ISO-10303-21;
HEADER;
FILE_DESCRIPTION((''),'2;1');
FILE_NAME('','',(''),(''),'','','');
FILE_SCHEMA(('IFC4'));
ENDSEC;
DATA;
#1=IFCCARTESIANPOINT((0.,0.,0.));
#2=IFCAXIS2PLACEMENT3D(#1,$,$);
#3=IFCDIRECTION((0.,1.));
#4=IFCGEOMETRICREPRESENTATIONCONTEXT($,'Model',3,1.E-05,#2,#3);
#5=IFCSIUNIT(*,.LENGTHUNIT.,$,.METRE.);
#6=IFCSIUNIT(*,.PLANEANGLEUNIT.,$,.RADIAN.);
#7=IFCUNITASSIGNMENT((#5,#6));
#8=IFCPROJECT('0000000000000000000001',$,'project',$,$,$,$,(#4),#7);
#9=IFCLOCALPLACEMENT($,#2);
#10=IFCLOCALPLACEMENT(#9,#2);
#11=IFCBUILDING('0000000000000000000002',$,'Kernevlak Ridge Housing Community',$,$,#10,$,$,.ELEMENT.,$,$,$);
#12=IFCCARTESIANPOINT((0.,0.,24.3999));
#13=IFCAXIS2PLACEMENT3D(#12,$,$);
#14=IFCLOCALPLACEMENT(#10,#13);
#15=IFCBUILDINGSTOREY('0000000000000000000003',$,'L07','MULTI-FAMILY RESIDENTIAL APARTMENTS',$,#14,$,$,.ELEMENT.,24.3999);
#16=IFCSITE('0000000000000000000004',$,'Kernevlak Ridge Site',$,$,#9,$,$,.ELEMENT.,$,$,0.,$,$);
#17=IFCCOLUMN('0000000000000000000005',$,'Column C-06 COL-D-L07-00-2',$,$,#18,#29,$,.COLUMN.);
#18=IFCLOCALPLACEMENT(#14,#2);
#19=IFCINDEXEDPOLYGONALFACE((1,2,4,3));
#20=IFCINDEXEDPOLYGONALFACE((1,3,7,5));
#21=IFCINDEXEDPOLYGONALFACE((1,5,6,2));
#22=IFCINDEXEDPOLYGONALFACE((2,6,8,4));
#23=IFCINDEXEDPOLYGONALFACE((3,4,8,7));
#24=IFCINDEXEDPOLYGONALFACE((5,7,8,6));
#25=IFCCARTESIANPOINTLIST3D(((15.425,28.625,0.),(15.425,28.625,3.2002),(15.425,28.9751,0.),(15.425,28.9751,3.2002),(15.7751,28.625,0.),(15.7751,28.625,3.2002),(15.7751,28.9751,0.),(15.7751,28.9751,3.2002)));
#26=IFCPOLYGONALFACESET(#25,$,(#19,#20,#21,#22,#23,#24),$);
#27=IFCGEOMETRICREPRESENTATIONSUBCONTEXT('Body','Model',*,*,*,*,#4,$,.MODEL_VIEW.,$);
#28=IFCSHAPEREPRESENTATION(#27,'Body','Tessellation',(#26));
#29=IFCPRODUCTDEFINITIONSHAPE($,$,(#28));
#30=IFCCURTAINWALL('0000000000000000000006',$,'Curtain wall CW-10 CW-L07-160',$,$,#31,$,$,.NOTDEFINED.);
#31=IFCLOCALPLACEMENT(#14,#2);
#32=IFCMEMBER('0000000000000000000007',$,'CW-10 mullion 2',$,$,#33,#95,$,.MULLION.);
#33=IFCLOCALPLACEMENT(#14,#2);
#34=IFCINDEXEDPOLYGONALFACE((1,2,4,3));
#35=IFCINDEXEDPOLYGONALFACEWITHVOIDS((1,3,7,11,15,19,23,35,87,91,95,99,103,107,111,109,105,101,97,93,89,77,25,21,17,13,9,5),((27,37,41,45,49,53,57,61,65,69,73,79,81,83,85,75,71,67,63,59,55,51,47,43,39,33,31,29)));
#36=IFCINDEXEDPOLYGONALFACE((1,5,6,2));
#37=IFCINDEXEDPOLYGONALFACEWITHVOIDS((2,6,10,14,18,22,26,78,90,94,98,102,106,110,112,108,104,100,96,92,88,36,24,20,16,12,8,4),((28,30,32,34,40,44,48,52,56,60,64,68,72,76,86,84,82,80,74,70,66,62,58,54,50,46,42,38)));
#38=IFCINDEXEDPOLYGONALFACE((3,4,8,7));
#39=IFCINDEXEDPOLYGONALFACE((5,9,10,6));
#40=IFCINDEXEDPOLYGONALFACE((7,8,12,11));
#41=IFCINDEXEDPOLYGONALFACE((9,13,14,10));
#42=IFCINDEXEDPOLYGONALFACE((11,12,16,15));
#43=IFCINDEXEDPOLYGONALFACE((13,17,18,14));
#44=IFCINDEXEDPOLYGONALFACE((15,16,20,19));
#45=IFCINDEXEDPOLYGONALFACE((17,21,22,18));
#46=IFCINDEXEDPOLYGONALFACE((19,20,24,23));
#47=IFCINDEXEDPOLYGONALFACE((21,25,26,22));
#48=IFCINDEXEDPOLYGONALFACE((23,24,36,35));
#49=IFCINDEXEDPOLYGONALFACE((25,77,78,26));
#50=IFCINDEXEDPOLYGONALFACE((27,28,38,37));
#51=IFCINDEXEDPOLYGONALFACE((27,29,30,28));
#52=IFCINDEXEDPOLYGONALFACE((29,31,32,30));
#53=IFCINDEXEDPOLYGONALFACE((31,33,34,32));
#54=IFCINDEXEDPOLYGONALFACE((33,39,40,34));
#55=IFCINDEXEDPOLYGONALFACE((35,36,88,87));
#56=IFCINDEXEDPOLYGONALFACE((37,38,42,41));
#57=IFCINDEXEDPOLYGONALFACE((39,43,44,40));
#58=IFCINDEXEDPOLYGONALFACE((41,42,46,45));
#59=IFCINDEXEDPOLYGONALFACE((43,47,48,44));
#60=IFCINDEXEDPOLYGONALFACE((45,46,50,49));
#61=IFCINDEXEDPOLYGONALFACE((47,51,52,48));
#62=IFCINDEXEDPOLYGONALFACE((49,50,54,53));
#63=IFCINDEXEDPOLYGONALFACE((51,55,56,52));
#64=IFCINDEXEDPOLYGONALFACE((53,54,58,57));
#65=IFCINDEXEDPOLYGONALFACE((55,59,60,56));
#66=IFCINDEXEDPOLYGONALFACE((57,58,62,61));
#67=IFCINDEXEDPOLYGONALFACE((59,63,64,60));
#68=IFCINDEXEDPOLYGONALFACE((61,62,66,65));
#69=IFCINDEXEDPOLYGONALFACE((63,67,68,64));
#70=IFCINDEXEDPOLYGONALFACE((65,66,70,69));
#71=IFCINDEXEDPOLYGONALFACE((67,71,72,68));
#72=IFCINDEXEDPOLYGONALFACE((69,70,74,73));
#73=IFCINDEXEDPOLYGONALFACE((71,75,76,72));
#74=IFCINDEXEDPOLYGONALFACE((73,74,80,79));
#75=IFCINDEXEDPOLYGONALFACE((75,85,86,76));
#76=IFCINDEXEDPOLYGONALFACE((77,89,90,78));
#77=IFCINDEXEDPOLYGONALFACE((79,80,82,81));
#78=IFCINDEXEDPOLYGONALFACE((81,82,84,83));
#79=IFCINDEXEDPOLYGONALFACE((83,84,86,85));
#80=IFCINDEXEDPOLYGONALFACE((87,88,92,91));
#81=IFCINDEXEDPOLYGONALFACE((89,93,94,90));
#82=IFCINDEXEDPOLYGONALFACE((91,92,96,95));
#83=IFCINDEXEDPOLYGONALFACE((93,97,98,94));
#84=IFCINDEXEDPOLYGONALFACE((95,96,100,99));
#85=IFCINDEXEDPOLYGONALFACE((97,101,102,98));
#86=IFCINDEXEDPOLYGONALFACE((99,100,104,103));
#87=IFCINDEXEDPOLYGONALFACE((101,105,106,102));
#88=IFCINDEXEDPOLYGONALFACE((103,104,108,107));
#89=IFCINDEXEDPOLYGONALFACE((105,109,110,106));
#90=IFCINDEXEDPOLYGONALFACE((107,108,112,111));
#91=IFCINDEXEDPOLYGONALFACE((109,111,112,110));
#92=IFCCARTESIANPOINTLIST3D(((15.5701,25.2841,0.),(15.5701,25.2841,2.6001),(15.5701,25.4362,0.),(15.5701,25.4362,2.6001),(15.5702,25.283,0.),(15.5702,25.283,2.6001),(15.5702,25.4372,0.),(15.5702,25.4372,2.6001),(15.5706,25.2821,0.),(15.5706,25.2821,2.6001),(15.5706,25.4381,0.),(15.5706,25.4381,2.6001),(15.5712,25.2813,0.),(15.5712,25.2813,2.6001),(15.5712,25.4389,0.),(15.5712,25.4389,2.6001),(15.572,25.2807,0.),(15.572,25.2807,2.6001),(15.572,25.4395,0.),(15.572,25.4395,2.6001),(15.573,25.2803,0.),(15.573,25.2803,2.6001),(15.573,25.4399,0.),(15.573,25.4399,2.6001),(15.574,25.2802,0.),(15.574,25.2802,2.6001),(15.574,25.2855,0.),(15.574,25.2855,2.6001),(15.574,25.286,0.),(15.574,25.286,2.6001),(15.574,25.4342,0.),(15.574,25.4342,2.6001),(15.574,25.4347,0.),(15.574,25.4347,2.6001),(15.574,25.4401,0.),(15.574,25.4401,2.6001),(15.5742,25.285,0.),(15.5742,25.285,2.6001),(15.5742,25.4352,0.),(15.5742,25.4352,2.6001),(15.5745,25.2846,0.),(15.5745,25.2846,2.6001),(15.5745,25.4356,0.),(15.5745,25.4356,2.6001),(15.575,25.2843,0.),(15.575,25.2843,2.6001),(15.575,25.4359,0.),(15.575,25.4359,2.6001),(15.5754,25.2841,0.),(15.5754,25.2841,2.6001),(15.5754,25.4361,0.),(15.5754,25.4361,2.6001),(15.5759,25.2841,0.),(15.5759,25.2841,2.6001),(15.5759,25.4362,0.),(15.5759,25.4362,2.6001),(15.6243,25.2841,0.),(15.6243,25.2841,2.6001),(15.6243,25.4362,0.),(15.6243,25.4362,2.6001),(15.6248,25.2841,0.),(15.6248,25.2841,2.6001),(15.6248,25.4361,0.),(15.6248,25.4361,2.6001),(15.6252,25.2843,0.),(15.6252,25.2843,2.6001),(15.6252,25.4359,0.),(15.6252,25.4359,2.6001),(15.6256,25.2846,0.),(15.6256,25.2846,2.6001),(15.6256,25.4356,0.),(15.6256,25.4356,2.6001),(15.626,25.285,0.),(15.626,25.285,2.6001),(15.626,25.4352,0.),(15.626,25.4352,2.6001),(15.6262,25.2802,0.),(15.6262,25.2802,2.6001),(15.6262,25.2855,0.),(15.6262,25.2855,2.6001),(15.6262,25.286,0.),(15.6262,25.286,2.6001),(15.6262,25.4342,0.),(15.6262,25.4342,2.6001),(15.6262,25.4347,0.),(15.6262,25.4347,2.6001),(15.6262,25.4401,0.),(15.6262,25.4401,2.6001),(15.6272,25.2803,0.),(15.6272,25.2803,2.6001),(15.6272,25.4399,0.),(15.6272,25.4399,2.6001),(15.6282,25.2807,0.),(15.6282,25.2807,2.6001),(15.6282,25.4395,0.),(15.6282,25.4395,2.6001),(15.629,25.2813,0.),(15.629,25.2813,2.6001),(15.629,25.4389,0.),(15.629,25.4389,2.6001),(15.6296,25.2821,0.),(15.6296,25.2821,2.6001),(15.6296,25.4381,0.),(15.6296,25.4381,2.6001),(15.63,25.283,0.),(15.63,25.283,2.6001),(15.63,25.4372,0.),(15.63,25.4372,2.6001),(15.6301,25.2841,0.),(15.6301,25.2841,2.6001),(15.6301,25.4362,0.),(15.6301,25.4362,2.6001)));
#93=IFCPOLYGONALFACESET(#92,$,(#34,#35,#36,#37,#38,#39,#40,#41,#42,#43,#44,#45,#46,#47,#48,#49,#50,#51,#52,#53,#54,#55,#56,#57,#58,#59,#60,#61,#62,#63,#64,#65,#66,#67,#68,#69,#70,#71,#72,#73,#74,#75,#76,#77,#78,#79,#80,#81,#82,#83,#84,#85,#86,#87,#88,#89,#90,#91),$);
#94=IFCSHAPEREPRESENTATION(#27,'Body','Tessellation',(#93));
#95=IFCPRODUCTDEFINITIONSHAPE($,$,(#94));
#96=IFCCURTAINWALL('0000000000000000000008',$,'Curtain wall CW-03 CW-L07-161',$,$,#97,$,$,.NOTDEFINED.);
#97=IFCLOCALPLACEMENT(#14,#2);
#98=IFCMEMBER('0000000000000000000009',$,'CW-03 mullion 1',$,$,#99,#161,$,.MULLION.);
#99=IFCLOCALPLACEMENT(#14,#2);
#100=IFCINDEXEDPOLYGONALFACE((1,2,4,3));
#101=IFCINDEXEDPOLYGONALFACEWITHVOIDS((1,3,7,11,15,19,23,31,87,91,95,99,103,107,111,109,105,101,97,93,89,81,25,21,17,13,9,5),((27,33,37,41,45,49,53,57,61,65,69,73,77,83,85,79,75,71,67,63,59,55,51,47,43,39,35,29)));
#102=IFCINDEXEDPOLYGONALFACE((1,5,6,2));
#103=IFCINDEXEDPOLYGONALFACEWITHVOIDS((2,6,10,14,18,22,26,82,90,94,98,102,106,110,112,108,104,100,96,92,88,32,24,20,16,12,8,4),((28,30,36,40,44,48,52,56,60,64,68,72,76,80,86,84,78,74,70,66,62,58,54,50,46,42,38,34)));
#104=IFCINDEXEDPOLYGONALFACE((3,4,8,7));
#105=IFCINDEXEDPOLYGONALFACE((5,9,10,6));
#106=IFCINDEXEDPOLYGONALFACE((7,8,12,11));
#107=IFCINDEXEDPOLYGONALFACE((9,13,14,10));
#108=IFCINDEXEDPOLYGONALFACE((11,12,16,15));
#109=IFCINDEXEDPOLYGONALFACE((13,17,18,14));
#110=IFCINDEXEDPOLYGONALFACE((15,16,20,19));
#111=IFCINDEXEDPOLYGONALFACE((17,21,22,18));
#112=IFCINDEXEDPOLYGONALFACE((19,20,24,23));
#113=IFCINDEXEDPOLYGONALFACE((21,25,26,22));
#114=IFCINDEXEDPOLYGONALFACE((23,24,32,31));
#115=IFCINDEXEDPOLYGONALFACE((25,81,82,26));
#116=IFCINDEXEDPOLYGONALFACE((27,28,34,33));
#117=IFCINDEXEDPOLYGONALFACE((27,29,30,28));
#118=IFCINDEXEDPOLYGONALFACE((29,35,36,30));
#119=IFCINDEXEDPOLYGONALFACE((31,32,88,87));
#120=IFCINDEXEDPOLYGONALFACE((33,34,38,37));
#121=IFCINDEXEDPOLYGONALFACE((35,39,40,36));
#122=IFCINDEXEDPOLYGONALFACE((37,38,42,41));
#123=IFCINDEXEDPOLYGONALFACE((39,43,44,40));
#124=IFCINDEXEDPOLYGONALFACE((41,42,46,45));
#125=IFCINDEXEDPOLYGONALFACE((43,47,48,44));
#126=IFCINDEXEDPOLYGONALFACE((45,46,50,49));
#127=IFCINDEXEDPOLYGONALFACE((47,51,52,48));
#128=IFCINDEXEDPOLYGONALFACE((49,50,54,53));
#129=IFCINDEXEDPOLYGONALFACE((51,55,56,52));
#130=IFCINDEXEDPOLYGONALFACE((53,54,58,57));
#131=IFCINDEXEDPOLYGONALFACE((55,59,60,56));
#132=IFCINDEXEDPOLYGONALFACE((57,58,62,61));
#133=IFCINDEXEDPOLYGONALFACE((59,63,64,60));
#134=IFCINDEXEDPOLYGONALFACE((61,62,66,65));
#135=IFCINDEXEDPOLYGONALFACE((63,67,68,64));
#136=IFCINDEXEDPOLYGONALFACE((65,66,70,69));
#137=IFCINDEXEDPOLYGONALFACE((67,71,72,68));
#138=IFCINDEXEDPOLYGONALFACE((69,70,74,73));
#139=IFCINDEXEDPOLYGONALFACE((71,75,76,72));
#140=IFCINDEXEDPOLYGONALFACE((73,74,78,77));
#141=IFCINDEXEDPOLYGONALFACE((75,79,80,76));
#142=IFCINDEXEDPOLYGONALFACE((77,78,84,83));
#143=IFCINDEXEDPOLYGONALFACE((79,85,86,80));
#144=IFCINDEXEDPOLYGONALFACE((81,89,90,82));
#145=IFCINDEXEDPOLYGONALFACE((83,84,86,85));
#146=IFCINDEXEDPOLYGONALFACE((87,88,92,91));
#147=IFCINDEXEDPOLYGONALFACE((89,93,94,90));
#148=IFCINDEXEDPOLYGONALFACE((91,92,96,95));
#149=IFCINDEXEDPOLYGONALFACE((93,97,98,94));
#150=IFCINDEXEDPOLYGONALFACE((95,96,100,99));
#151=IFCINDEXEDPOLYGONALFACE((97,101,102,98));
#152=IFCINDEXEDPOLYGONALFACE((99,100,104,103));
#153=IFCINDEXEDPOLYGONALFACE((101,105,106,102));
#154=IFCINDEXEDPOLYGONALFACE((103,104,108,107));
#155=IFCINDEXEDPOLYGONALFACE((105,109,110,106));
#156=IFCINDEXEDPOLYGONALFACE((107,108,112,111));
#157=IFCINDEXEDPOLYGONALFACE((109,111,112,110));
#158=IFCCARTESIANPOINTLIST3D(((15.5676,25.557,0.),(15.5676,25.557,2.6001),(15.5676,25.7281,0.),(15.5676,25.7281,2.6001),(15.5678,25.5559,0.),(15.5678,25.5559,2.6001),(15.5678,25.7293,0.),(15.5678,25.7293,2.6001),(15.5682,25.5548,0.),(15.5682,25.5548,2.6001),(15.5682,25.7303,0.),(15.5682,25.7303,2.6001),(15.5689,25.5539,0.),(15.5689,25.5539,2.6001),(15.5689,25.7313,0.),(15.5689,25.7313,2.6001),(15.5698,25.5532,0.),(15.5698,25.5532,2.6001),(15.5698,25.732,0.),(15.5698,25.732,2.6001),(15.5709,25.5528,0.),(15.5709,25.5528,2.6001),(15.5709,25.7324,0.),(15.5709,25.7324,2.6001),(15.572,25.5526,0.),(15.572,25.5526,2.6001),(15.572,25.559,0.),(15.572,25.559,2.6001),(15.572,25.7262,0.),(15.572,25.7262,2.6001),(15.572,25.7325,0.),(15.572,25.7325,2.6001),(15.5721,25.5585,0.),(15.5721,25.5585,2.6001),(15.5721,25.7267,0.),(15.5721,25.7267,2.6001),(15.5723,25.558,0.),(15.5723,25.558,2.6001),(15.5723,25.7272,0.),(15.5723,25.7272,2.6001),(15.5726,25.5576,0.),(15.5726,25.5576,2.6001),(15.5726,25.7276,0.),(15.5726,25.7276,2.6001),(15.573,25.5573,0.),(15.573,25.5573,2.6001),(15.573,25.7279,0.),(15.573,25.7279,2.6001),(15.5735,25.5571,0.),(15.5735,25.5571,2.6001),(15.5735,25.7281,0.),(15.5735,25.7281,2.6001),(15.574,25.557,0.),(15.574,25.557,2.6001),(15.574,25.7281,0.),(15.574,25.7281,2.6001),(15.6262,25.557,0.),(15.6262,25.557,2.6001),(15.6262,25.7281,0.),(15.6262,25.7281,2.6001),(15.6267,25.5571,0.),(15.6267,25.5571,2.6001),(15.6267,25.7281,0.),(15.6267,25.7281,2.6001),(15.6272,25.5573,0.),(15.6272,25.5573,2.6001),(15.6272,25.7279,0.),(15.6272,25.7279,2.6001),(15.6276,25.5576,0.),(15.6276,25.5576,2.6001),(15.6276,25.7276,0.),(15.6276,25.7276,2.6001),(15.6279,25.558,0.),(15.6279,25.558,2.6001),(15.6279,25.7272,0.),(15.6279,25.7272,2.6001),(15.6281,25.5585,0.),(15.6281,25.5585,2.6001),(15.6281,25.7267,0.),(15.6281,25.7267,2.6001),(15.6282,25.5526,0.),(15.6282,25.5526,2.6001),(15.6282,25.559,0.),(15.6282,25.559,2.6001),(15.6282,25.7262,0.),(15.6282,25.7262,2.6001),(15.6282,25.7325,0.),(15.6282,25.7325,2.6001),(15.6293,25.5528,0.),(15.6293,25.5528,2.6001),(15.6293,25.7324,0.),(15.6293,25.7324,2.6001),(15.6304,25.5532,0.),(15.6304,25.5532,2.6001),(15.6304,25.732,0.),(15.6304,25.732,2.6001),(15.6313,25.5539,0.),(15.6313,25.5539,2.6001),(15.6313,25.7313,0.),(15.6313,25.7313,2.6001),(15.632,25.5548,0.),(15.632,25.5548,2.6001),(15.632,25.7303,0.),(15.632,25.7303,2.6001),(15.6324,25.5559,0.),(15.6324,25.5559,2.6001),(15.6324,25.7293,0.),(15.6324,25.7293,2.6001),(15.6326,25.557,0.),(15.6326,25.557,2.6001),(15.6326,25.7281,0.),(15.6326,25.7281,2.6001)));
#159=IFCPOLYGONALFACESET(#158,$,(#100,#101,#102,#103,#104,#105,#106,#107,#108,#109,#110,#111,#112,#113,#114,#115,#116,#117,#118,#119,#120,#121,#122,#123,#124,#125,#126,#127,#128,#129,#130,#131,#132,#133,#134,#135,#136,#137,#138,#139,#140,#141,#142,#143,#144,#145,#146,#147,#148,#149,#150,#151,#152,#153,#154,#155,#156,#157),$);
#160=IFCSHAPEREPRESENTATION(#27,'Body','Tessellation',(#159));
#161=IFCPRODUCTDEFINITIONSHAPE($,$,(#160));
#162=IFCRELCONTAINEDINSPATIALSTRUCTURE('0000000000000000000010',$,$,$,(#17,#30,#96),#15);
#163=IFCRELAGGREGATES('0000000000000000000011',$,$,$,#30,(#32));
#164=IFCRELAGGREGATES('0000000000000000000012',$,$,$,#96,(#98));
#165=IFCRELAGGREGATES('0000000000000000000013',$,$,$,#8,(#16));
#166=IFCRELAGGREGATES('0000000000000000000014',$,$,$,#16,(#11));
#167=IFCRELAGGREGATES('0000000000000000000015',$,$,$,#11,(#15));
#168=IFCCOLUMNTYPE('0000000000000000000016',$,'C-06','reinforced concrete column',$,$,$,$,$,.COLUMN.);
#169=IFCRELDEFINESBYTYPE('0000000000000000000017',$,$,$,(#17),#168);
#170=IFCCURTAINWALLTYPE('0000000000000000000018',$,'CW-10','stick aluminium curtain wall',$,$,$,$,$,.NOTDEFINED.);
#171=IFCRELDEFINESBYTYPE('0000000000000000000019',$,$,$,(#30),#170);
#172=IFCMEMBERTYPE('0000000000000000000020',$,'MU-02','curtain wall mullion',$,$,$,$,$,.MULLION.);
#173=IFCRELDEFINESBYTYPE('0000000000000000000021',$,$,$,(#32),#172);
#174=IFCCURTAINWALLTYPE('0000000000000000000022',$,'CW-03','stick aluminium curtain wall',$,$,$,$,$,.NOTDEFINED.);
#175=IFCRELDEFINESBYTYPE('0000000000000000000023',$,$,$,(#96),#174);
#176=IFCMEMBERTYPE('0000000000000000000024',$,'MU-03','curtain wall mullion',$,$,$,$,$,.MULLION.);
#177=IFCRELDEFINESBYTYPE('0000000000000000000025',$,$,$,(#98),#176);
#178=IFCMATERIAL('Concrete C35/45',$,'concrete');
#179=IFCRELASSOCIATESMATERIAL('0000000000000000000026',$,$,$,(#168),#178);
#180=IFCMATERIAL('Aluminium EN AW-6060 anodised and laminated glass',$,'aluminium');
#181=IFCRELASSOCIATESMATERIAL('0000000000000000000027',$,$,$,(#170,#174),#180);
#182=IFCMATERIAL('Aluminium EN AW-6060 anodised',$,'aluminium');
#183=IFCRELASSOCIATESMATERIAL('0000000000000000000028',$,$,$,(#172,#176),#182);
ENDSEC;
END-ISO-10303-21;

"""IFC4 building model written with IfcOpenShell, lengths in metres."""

from ifc_helpers import new_model, si_unit, direction, frame, origin, origin_2d, place, context, subcontext, project, spatial, rectangle, hollow_rectangle, extrude, material, material_profile, profile_set, type_object, element, aggregate, save


model = new_model("IFC4")

# Units and contexts
model_context = context("Model", 3, precision=1e-05, world=origin(), true_north=direction((0.0, 1.0)))
body_context = subcontext(model_context, "Body", "Model", "MODEL_VIEW")
ifc_project = project(units=[si_unit("LENGTHUNIT", "METRE"), si_unit("PLANEANGLEUNIT", "RADIAN")], contexts=[model_context])

# Site, building, storey
site_placement = place(None, origin())
site = spatial("IfcSite", under=ifc_project, at=site_placement, Name="Kernevlak Ridge Site", CompositionType="ELEMENT", RefElevation=0.0)
building_placement = place(site_placement, origin())
building = spatial("IfcBuilding", under=site, at=building_placement, Name="Kernevlak Ridge Housing Community", CompositionType="ELEMENT")
storey_placement = place(building_placement, frame((0.0, 0.0, 24.3999)))
storey = spatial("IfcBuildingStorey", under=building, at=storey_placement, Name="L07", Description="MULTI-FAMILY RESIDENTIAL APARTMENTS", CompositionType="ELEMENT", Elevation=24.3999)

# Column
ifc_material_1 = material(Name="Concrete C35/45", Category="concrete")
ifc_material_profile_1 = material_profile(ifc_material_1, rectangle(XDim=0.3501, YDim=0.3501, at=origin_2d()), Name="RC 350x350")
ifc_profile_set_1 = profile_set([ifc_material_profile_1], Name="Concrete C35/45")
column_type = type_object("IfcColumnType", Name="C-06", Description="reinforced concrete column", PredefinedType="COLUMN", material=ifc_profile_set_1)
column_placement = place(storey_placement, frame((15.6001, 28.8, 0.0), z_axis=(0.0, 0.0, 1.0), x_axis=(1.0, 0.0, 0.0)))
element("IfcColumn", 1, at=column_placement, inside=storey, type_object=column_type, Name="Column C-06 COL-D-L07-00-2", PredefinedType="COLUMN", context=body_context, shape_type="SweptSolid", body=[
    extrude(rectangle(XDim=0.3501, YDim=0.3501, at=origin_2d()), origin(), (0.0, 0.0, 1.0), 3.2002),
])

# Curtain wall, member
ifc_material_2 = material(Name="Aluminium EN AW-6060 anodised and laminated glass", Category="aluminium")
curtain_wall_type_1 = type_object("IfcCurtainWallType", Name="CW-10", Description="stick aluminium curtain wall", PredefinedType="NOTDEFINED", material=ifc_material_2)
curtain_wall_1_placement = place(storey_placement, origin())
curtain_wall_1 = element("IfcCurtainWall", 2, at=curtain_wall_1_placement, inside=storey, type_object=curtain_wall_type_1, Name="Curtain wall CW-10 CW-L07-160", PredefinedType="NOTDEFINED")
ifc_material_3 = material(Name="Aluminium EN AW-6060 anodised", Category="aluminium")
ifc_material_profile_2 = material_profile(ifc_material_3, hollow_rectangle(XDim=0.0601, YDim=0.1599, WallThickness=0.0039, InnerFilletRadius=0.002, OuterFilletRadius=0.0039, at=origin_2d()), Name="ALU 60x160x4")
ifc_profile_set_2 = profile_set([ifc_material_profile_2], Name="Aluminium EN AW-6060 anodised")
member_type_1 = type_object("IfcMemberType", Name="MU-02", Description="curtain wall mullion", PredefinedType="MULLION", material=ifc_profile_set_2)
member_1_placement = place(storey_placement, frame((15.6001, 25.3601, 0.0), z_axis=(0.0, 0.0, 1.0), x_axis=(-1.0, 0.0, 0.0)))
member_1 = element("IfcMember", 3, at=member_1_placement, type_object=member_type_1, Name="CW-10 mullion 2", PredefinedType="MULLION", context=body_context, shape_type="SweptSolid", body=[
    extrude(hollow_rectangle(XDim=0.0601, YDim=0.1599, WallThickness=0.0039, InnerFilletRadius=0.002, OuterFilletRadius=0.0039, at=origin_2d()), origin(), (0.0, 0.0, 1.0), 2.6001),
])

# Curtain wall, member
curtain_wall_type_2 = type_object("IfcCurtainWallType", Name="CW-03", Description="stick aluminium curtain wall", PredefinedType="NOTDEFINED", material=ifc_material_2)
curtain_wall_2_placement = place(storey_placement, origin())
curtain_wall_2 = element("IfcCurtainWall", 4, at=curtain_wall_2_placement, inside=storey, type_object=curtain_wall_type_2, Name="Curtain wall CW-03 CW-L07-161", PredefinedType="NOTDEFINED")
ifc_material_profile_3 = material_profile(ifc_material_3, hollow_rectangle(XDim=0.0649, YDim=0.1799, WallThickness=0.0044, InnerFilletRadius=0.002, OuterFilletRadius=0.0044, at=origin_2d()), Name="ALU 65x180x4.5")
ifc_profile_set_3 = profile_set([ifc_material_profile_3], Name="Aluminium EN AW-6060 anodised")
member_type_2 = type_object("IfcMemberType", Name="MU-03", Description="curtain wall mullion", PredefinedType="MULLION", material=ifc_profile_set_3)
member_2_placement = place(storey_placement, frame((15.6001, 25.6426, 0.0), z_axis=(0.0, 0.0, 1.0), x_axis=(-1.0, 0.0, 0.0)))
member_2 = element("IfcMember", 5, at=member_2_placement, type_object=member_type_2, Name="CW-03 mullion 1", PredefinedType="MULLION", context=body_context, shape_type="SweptSolid", body=[
    extrude(hollow_rectangle(XDim=0.0649, YDim=0.1799, WallThickness=0.0044, InnerFilletRadius=0.002, OuterFilletRadius=0.0044, at=origin_2d()), origin(), (0.0, 0.0, 1.0), 2.6001),
])

aggregate(curtain_wall_1, [member_1])
aggregate(curtain_wall_2, [member_2])

save(model, "model.ifc")
